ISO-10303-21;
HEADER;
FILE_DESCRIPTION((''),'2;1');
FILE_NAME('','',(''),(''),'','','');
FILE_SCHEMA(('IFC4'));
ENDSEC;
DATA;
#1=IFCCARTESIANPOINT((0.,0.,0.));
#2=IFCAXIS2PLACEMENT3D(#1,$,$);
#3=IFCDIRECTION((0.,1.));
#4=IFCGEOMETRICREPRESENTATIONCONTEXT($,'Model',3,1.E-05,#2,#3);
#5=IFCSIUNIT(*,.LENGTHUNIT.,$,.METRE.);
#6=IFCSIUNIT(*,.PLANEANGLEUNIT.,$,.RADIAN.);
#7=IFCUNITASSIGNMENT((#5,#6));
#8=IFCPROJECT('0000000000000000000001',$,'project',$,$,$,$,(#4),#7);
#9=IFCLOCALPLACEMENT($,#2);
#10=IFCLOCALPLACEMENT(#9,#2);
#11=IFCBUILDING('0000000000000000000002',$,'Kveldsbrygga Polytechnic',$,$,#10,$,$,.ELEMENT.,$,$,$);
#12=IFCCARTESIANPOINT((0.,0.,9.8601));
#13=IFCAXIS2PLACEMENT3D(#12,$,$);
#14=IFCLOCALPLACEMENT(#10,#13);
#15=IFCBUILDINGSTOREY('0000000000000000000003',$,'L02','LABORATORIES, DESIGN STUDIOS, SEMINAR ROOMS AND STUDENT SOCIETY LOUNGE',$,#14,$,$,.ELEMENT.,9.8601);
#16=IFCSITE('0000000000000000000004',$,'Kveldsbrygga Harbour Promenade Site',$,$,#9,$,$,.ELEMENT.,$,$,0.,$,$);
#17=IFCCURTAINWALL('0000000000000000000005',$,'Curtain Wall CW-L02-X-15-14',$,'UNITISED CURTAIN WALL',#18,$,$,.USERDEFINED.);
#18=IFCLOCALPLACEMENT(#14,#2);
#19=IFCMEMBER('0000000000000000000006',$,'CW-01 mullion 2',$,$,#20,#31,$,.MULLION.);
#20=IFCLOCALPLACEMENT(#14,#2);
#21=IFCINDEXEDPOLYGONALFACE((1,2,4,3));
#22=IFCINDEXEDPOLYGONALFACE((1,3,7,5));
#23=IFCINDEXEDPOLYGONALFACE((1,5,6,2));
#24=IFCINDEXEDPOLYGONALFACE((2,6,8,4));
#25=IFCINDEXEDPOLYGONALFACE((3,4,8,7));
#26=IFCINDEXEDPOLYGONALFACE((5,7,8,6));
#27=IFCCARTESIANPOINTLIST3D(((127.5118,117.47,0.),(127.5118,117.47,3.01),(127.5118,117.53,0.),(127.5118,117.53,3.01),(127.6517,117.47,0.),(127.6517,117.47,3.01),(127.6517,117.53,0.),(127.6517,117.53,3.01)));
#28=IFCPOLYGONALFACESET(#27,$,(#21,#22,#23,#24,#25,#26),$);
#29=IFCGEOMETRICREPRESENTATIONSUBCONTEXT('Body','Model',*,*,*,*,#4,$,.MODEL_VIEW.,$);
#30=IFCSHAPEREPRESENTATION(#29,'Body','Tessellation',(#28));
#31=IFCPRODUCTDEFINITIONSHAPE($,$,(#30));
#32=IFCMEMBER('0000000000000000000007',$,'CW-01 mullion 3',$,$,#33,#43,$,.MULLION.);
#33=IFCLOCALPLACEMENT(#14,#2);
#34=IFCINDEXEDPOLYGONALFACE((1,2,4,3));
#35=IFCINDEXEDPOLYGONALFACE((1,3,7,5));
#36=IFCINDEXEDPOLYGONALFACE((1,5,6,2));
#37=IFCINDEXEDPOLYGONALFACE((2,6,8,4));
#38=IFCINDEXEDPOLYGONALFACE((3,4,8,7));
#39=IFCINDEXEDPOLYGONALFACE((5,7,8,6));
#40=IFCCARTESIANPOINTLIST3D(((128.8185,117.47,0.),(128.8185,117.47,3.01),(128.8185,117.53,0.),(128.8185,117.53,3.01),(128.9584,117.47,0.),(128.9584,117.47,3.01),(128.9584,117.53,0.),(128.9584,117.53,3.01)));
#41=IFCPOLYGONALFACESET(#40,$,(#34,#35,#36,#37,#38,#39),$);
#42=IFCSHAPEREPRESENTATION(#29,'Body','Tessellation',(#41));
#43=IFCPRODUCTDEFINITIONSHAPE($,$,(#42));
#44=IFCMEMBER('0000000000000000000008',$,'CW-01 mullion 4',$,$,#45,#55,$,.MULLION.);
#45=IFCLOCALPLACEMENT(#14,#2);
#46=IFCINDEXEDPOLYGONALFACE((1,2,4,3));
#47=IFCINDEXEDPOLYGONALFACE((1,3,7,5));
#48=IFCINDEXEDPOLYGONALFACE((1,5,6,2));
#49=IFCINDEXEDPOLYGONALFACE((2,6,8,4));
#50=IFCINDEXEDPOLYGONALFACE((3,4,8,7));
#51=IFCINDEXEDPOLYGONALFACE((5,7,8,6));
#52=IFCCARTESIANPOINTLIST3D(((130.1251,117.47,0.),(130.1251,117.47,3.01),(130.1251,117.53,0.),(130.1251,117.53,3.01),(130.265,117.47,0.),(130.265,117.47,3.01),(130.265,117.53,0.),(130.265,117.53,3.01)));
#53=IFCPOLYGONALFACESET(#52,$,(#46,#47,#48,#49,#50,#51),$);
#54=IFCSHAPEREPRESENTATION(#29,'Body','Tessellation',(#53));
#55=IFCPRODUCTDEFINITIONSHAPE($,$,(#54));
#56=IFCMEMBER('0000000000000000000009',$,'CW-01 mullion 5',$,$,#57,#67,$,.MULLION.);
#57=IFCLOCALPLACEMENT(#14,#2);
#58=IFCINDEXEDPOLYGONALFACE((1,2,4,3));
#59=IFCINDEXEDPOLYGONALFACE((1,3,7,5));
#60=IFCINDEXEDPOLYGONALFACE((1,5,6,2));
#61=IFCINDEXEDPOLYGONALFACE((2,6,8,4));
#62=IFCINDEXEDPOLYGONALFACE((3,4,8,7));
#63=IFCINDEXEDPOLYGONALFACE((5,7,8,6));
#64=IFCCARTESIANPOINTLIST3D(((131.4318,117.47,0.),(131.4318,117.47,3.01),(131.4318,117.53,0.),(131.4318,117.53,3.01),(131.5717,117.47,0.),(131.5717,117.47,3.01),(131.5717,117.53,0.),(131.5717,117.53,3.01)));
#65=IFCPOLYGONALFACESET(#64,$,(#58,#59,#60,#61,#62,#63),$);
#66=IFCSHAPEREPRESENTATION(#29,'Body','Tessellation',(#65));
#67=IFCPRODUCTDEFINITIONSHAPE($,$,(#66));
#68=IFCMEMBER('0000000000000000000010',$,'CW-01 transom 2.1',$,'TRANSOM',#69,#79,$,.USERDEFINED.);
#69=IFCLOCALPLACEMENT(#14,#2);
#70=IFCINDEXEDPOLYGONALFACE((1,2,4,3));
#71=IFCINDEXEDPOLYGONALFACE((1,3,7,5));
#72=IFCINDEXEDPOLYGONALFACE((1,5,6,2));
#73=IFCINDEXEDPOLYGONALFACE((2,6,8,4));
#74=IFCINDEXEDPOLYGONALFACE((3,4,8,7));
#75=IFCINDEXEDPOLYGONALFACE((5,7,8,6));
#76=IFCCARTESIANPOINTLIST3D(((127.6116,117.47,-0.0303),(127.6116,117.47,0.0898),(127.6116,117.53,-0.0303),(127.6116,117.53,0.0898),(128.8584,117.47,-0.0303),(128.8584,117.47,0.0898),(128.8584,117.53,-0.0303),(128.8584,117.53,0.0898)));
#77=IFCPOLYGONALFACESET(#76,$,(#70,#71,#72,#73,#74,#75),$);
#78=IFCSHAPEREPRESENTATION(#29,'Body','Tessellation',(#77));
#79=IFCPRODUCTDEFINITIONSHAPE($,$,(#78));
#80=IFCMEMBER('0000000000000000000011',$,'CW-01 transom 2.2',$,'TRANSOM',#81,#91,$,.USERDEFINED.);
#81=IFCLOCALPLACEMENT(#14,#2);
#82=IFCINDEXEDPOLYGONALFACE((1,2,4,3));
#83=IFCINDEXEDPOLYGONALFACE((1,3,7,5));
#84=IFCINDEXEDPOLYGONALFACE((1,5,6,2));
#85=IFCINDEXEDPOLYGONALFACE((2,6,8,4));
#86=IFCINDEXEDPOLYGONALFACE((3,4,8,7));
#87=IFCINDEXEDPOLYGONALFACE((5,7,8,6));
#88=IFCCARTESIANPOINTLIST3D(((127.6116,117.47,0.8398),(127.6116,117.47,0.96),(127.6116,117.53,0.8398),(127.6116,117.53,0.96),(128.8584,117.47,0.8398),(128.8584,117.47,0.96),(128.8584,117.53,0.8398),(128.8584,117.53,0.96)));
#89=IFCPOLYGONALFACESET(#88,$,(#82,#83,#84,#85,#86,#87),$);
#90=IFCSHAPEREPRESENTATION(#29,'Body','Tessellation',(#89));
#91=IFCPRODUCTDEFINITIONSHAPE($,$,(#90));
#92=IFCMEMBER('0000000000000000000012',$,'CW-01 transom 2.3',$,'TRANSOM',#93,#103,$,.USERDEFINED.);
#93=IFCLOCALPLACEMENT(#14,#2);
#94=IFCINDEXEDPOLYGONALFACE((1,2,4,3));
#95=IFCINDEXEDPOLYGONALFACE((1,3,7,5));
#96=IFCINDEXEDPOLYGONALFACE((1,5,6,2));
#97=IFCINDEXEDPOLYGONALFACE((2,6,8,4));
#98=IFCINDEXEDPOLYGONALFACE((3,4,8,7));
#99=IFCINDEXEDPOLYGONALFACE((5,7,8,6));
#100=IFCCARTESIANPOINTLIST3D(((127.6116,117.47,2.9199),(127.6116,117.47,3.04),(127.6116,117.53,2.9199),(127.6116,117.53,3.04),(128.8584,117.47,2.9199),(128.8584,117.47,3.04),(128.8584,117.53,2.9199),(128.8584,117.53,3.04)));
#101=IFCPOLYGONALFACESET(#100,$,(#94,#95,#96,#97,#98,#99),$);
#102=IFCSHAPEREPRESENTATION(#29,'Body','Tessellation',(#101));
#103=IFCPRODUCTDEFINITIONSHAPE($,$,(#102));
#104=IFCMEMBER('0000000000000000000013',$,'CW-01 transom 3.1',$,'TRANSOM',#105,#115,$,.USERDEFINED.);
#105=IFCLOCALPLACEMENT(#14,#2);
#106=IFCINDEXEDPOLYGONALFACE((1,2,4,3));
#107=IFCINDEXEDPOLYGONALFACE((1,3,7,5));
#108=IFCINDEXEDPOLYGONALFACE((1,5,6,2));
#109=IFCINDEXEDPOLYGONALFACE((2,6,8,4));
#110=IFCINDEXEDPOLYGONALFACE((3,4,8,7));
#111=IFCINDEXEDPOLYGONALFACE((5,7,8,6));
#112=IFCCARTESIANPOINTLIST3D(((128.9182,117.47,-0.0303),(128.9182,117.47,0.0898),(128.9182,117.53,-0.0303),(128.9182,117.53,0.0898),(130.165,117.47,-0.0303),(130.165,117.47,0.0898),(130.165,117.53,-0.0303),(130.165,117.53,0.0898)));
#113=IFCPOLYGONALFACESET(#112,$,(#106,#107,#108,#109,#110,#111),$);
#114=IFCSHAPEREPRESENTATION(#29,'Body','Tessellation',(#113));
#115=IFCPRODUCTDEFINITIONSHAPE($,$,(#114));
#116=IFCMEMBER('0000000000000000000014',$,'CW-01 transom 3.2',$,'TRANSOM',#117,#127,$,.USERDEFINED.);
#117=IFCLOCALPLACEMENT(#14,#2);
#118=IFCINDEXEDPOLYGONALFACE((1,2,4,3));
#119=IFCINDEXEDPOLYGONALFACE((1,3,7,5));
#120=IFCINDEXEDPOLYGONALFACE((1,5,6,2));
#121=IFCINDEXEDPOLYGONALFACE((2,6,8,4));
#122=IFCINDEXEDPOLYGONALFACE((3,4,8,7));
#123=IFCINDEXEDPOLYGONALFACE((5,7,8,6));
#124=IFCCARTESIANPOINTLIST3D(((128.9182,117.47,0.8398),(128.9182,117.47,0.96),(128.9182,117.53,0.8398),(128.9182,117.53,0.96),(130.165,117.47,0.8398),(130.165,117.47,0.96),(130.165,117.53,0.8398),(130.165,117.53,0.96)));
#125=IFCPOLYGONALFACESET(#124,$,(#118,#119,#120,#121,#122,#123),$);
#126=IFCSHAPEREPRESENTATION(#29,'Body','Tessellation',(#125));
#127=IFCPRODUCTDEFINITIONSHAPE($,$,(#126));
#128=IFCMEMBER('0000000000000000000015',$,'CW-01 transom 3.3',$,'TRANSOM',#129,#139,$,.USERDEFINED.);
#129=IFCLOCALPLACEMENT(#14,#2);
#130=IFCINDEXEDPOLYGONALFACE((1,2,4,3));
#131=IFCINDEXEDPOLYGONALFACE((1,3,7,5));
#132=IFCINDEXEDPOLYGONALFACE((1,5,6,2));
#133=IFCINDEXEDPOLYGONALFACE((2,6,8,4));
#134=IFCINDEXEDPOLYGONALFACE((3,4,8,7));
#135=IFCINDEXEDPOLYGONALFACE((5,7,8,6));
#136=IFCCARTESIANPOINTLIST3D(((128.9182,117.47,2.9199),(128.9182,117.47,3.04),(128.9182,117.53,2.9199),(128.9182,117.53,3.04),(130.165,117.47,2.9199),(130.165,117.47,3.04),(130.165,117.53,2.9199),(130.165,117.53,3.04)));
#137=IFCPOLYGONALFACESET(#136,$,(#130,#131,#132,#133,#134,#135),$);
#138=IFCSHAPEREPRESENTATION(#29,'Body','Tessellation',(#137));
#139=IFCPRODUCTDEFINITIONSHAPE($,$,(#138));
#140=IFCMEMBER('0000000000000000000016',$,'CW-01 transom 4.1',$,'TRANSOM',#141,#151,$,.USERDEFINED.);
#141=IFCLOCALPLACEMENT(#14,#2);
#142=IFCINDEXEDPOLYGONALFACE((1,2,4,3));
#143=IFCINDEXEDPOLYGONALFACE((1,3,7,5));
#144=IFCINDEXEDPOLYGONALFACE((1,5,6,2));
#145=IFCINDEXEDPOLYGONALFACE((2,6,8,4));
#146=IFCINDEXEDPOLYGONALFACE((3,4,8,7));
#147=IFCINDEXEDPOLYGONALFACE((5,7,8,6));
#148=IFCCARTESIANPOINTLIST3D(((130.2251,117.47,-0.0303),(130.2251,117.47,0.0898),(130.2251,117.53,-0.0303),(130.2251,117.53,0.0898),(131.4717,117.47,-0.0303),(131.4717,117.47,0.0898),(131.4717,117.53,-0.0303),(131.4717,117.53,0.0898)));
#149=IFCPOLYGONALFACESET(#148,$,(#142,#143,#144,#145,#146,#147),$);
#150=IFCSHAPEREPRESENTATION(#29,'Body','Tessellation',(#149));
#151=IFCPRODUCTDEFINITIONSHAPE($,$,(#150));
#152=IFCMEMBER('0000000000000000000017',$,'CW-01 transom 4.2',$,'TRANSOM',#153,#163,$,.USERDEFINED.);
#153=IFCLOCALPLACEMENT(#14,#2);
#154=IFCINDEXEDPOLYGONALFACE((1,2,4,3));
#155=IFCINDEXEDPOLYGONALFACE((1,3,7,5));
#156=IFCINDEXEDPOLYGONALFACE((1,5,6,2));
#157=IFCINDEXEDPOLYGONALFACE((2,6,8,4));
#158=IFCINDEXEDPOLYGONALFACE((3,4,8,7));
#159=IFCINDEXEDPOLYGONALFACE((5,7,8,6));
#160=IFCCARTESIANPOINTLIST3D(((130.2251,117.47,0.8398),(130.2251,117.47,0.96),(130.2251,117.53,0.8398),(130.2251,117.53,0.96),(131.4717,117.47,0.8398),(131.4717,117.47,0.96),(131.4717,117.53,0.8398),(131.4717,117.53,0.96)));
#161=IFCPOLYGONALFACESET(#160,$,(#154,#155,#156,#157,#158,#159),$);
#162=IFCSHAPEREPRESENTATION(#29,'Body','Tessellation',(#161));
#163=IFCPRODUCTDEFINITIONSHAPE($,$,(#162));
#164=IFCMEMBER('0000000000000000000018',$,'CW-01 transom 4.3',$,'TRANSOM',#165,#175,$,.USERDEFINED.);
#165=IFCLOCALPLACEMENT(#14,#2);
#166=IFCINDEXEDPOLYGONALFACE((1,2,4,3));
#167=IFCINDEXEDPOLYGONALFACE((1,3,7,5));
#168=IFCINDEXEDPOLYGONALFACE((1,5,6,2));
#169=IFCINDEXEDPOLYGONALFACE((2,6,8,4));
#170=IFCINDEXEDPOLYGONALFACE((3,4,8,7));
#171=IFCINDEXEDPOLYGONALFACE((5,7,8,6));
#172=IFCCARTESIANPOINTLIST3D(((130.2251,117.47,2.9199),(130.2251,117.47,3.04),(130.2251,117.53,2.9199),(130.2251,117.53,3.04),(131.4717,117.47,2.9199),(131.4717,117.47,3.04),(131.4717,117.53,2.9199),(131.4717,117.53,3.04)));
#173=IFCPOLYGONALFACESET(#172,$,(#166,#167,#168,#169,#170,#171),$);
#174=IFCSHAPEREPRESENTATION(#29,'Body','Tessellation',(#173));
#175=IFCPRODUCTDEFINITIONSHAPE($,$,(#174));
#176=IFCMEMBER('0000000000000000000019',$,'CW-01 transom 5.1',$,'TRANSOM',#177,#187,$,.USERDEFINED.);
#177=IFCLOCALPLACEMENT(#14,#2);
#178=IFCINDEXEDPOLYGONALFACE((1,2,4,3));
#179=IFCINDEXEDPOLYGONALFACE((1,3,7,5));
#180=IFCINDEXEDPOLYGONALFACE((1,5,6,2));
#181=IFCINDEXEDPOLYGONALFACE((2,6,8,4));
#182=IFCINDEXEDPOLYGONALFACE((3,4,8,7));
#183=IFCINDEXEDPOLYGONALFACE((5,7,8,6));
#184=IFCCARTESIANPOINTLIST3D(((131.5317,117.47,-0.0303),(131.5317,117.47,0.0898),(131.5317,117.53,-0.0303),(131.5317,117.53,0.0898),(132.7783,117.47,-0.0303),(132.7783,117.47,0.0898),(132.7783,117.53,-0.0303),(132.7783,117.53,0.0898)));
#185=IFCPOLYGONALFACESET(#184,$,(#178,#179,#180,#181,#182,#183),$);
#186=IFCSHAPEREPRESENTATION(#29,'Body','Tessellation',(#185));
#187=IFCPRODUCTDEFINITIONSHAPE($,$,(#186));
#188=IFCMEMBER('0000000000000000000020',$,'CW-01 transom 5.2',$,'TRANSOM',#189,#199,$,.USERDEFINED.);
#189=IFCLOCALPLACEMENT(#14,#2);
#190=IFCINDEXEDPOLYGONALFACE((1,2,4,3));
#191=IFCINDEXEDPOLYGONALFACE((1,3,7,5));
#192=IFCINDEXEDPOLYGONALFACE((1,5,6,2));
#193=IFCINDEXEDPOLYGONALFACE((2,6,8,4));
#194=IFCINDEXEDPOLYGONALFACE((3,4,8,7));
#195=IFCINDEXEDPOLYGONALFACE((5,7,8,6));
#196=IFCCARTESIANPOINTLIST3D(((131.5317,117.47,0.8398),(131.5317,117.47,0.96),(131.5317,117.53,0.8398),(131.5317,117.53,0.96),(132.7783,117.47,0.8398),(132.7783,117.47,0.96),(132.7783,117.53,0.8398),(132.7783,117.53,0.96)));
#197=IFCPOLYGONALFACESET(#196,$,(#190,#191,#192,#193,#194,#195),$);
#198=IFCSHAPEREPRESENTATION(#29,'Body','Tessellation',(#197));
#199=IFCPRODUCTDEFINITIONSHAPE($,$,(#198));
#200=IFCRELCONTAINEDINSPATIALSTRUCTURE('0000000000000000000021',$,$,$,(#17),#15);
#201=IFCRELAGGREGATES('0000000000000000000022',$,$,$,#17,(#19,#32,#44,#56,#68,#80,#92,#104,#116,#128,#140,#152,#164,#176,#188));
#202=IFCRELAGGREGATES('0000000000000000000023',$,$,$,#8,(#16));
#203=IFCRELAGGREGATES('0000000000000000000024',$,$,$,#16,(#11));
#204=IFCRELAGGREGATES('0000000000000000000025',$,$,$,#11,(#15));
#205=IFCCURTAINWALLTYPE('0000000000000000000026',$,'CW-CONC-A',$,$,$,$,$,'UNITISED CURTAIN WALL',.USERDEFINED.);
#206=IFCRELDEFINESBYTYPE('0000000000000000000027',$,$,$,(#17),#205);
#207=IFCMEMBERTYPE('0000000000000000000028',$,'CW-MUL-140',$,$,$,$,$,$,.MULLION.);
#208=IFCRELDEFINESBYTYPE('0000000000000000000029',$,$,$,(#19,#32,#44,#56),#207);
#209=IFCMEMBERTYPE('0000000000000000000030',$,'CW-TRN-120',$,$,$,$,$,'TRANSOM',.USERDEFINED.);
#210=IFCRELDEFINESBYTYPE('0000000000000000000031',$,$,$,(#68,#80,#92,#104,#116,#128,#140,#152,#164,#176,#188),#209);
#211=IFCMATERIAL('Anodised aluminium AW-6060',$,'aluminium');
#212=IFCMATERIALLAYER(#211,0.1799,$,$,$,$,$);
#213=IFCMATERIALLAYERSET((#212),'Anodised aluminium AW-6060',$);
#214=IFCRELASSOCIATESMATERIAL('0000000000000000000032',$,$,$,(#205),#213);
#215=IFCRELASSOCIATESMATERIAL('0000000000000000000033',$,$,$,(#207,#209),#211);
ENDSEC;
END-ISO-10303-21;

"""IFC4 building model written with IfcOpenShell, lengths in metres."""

from ifc_helpers import new_model, si_unit, direction, frame, origin, origin_2d, place, context, subcontext, project, spatial, rectangle, extrude, material, layer, layer_set, material_profile, profile_set, type_object, element, aggregate, save


model = new_model("IFC4")

# Units and contexts
model_context = context("Model", 3, precision=1e-05, world=origin(), true_north=direction((0.0, 1.0)))
body_context = subcontext(model_context, "Body", "Model", "MODEL_VIEW")
ifc_project = project(units=[si_unit("LENGTHUNIT", "METRE"), si_unit("PLANEANGLEUNIT", "RADIAN")], contexts=[model_context])

# Site, building, storey
site_placement = place(None, origin())
site = spatial("IfcSite", under=ifc_project, at=site_placement, Name="Kveldsbrygga Harbour Promenade Site", CompositionType="ELEMENT", RefElevation=0.0)
building_placement = place(site_placement, origin())
building = spatial("IfcBuilding", under=site, at=building_placement, Name="Kveldsbrygga Polytechnic", CompositionType="ELEMENT")
storey_placement = place(building_placement, frame((0.0, 0.0, 9.8601)))
storey = spatial("IfcBuildingStorey", under=building, at=storey_placement, Name="L02", Description="LABORATORIES, DESIGN STUDIOS, SEMINAR ROOMS AND STUDENT SOCIETY LOUNGE", CompositionType="ELEMENT", Elevation=9.8601)

# Curtain wall, members
ifc_material_1 = material(Name="Anodised aluminium AW-6060", Category="aluminium")
ifc_layer_1 = layer(ifc_material_1, 0.1799)
ifc_layer_set_1 = layer_set([ifc_layer_1], Name="Anodised aluminium AW-6060")
curtain_wall_type = type_object("IfcCurtainWallType", Name="CW-CONC-A", ElementType="UNITISED CURTAIN WALL", PredefinedType="USERDEFINED", material=ifc_layer_set_1)
curtain_wall_placement = place(storey_placement, origin())
curtain_wall = element("IfcCurtainWall", 1, at=curtain_wall_placement, inside=storey, type_object=curtain_wall_type, Name="Curtain Wall CW-L02-X-15-14", ObjectType="UNITISED CURTAIN WALL", PredefinedType="USERDEFINED")
ifc_material_profile_1 = material_profile(ifc_material_1, rectangle(XDim=0.0601, YDim=0.1399, at=origin_2d()), Name="ALU 60x140")
ifc_profile_set_1 = profile_set([ifc_material_profile_1], Name="Anodised aluminium AW-6060")
member_type_1 = type_object("IfcMemberType", Name="CW-MUL-140", PredefinedType="MULLION", material=ifc_profile_set_1)
member_1_placement = place(storey_placement, frame((127.5818, 117.5, 0.0), z_axis=(0.0, 0.0, 1.0), x_axis=(0.0, 1.0, 0.0)))
member_1 = element("IfcMember", 2, at=member_1_placement, type_object=member_type_1, Name="CW-01 mullion 2", PredefinedType="MULLION", context=body_context, shape_type="SweptSolid", body=[
    extrude(rectangle(XDim=0.0601, YDim=0.1399, at=origin_2d()), origin(), (0.0, 0.0, 1.0), 3.01),
])
member_2_placement = place(storey_placement, frame((128.8884, 117.5, 0.0), z_axis=(0.0, 0.0, 1.0), x_axis=(0.0, 1.0, 0.0)))
member_2 = element("IfcMember", 3, at=member_2_placement, type_object=member_type_1, Name="CW-01 mullion 3", PredefinedType="MULLION", context=body_context, shape_type="SweptSolid", body=[
    extrude(rectangle(XDim=0.0601, YDim=0.1399, at=origin_2d()), origin(), (0.0, 0.0, 1.0), 3.01),
])
member_3_placement = place(storey_placement, frame((130.1951, 117.5, 0.0), z_axis=(0.0, 0.0, 1.0), x_axis=(0.0, 1.0, 0.0)))
member_3 = element("IfcMember", 4, at=member_3_placement, type_object=member_type_1, Name="CW-01 mullion 4", PredefinedType="MULLION", context=body_context, shape_type="SweptSolid", body=[
    extrude(rectangle(XDim=0.0601, YDim=0.1399, at=origin_2d()), origin(), (0.0, 0.0, 1.0), 3.01),
])
member_4_placement = place(storey_placement, frame((131.5017, 117.5, 0.0), z_axis=(0.0, 0.0, 1.0), x_axis=(0.0, 1.0, 0.0)))
member_4 = element("IfcMember", 5, at=member_4_placement, type_object=member_type_1, Name="CW-01 mullion 5", PredefinedType="MULLION", context=body_context, shape_type="SweptSolid", body=[
    extrude(rectangle(XDim=0.0601, YDim=0.1399, at=origin_2d()), origin(), (0.0, 0.0, 1.0), 3.01),
])
ifc_material_profile_2 = material_profile(ifc_material_1, rectangle(XDim=0.0601, YDim=0.1201, at=origin_2d()), Name="ALU 60x120")
ifc_profile_set_2 = profile_set([ifc_material_profile_2], Name="Anodised aluminium AW-6060")
member_type_2 = type_object("IfcMemberType", Name="CW-TRN-120", ElementType="TRANSOM", PredefinedType="USERDEFINED", material=ifc_profile_set_2)
member_5_placement = place(storey_placement, frame((127.6116, 117.5, 0.0298), z_axis=(1.0, 0.0, 0.0), x_axis=(0.0, 1.0, 0.0)))
member_5 = element("IfcMember", 6, at=member_5_placement, type_object=member_type_2, Name="CW-01 transom 2.1", ObjectType="TRANSOM", PredefinedType="USERDEFINED", context=body_context, shape_type="SweptSolid", body=[
    extrude(rectangle(XDim=0.0601, YDim=0.1201, at=origin_2d()), origin(), (0.0, 0.0, 1.0), 1.2468),
])
member_6_placement = place(storey_placement, frame((127.6116, 117.5, 0.8999), z_axis=(1.0, 0.0, 0.0), x_axis=(0.0, 1.0, 0.0)))
member_6 = element("IfcMember", 7, at=member_6_placement, type_object=member_type_2, Name="CW-01 transom 2.2", ObjectType="TRANSOM", PredefinedType="USERDEFINED", context=body_context, shape_type="SweptSolid", body=[
    extrude(rectangle(XDim=0.0601, YDim=0.1201, at=origin_2d()), origin(), (0.0, 0.0, 1.0), 1.2468),
])
member_7_placement = place(storey_placement, frame((127.6116, 117.5, 2.98), z_axis=(1.0, 0.0, 0.0), x_axis=(0.0, 1.0, 0.0)))
member_7 = element("IfcMember", 8, at=member_7_placement, type_object=member_type_2, Name="CW-01 transom 2.3", ObjectType="TRANSOM", PredefinedType="USERDEFINED", context=body_context, shape_type="SweptSolid", body=[
    extrude(rectangle(XDim=0.0601, YDim=0.1201, at=origin_2d()), origin(), (0.0, 0.0, 1.0), 1.2468),
])
member_8_placement = place(storey_placement, frame((128.9182, 117.5, 0.0298), z_axis=(1.0, 0.0, 0.0), x_axis=(0.0, 1.0, 0.0)))
member_8 = element("IfcMember", 9, at=member_8_placement, type_object=member_type_2, Name="CW-01 transom 3.1", ObjectType="TRANSOM", PredefinedType="USERDEFINED", context=body_context, shape_type="SweptSolid", body=[
    extrude(rectangle(XDim=0.0601, YDim=0.1201, at=origin_2d()), origin(), (0.0, 0.0, 1.0), 1.2468),
])
member_9_placement = place(storey_placement, frame((128.9182, 117.5, 0.8999), z_axis=(1.0, 0.0, 0.0), x_axis=(0.0, 1.0, 0.0)))
member_9 = element("IfcMember", 10, at=member_9_placement, type_object=member_type_2, Name="CW-01 transom 3.2", ObjectType="TRANSOM", PredefinedType="USERDEFINED", context=body_context, shape_type="SweptSolid", body=[
    extrude(rectangle(XDim=0.0601, YDim=0.1201, at=origin_2d()), origin(), (0.0, 0.0, 1.0), 1.2468),
])
member_10_placement = place(storey_placement, frame((128.9182, 117.5, 2.98), z_axis=(1.0, 0.0, 0.0), x_axis=(0.0, 1.0, 0.0)))
member_10 = element("IfcMember", 11, at=member_10_placement, type_object=member_type_2, Name="CW-01 transom 3.3", ObjectType="TRANSOM", PredefinedType="USERDEFINED", context=body_context, shape_type="SweptSolid", body=[
    extrude(rectangle(XDim=0.0601, YDim=0.1201, at=origin_2d()), origin(), (0.0, 0.0, 1.0), 1.2468),
])
member_11_placement = place(storey_placement, frame((130.2251, 117.5, 0.0298), z_axis=(1.0, 0.0, 0.0), x_axis=(0.0, 1.0, 0.0)))
member_11 = element("IfcMember", 12, at=member_11_placement, type_object=member_type_2, Name="CW-01 transom 4.1", ObjectType="TRANSOM", PredefinedType="USERDEFINED", context=body_context, shape_type="SweptSolid", body=[
    extrude(rectangle(XDim=0.0601, YDim=0.1201, at=origin_2d()), origin(), (0.0, 0.0, 1.0), 1.2466),
])
member_12_placement = place(storey_placement, frame((130.2251, 117.5, 0.8999), z_axis=(1.0, 0.0, 0.0), x_axis=(0.0, 1.0, 0.0)))
member_12 = element("IfcMember", 13, at=member_12_placement, type_object=member_type_2, Name="CW-01 transom 4.2", ObjectType="TRANSOM", PredefinedType="USERDEFINED", context=body_context, shape_type="SweptSolid", body=[
    extrude(rectangle(XDim=0.0601, YDim=0.1201, at=origin_2d()), origin(), (0.0, 0.0, 1.0), 1.2466),
])
member_13_placement = place(storey_placement, frame((130.2251, 117.5, 2.98), z_axis=(1.0, 0.0, 0.0), x_axis=(0.0, 1.0, 0.0)))
member_13 = element("IfcMember", 14, at=member_13_placement, type_object=member_type_2, Name="CW-01 transom 4.3", ObjectType="TRANSOM", PredefinedType="USERDEFINED", context=body_context, shape_type="SweptSolid", body=[
    extrude(rectangle(XDim=0.0601, YDim=0.1201, at=origin_2d()), origin(), (0.0, 0.0, 1.0), 1.2466),
])
member_14_placement = place(storey_placement, frame((131.5317, 117.5, 0.0298), z_axis=(1.0, 0.0, 0.0), x_axis=(0.0, 1.0, 0.0)))
member_14 = element("IfcMember", 15, at=member_14_placement, type_object=member_type_2, Name="CW-01 transom 5.1", ObjectType="TRANSOM", PredefinedType="USERDEFINED", context=body_context, shape_type="SweptSolid", body=[
    extrude(rectangle(XDim=0.0601, YDim=0.1201, at=origin_2d()), origin(), (0.0, 0.0, 1.0), 1.2466),
])
member_15_placement = place(storey_placement, frame((131.5317, 117.5, 0.8999), z_axis=(1.0, 0.0, 0.0), x_axis=(0.0, 1.0, 0.0)))
member_15 = element("IfcMember", 16, at=member_15_placement, type_object=member_type_2, Name="CW-01 transom 5.2", ObjectType="TRANSOM", PredefinedType="USERDEFINED", context=body_context, shape_type="SweptSolid", body=[
    extrude(rectangle(XDim=0.0601, YDim=0.1201, at=origin_2d()), origin(), (0.0, 0.0, 1.0), 1.2466),
])
aggregate(curtain_wall, [member_1, member_2, member_3, member_4, member_5, member_6, member_7, member_8, member_9, member_10, member_11, member_12, member_13, member_14, member_15])

save(model, "model.ifc")
